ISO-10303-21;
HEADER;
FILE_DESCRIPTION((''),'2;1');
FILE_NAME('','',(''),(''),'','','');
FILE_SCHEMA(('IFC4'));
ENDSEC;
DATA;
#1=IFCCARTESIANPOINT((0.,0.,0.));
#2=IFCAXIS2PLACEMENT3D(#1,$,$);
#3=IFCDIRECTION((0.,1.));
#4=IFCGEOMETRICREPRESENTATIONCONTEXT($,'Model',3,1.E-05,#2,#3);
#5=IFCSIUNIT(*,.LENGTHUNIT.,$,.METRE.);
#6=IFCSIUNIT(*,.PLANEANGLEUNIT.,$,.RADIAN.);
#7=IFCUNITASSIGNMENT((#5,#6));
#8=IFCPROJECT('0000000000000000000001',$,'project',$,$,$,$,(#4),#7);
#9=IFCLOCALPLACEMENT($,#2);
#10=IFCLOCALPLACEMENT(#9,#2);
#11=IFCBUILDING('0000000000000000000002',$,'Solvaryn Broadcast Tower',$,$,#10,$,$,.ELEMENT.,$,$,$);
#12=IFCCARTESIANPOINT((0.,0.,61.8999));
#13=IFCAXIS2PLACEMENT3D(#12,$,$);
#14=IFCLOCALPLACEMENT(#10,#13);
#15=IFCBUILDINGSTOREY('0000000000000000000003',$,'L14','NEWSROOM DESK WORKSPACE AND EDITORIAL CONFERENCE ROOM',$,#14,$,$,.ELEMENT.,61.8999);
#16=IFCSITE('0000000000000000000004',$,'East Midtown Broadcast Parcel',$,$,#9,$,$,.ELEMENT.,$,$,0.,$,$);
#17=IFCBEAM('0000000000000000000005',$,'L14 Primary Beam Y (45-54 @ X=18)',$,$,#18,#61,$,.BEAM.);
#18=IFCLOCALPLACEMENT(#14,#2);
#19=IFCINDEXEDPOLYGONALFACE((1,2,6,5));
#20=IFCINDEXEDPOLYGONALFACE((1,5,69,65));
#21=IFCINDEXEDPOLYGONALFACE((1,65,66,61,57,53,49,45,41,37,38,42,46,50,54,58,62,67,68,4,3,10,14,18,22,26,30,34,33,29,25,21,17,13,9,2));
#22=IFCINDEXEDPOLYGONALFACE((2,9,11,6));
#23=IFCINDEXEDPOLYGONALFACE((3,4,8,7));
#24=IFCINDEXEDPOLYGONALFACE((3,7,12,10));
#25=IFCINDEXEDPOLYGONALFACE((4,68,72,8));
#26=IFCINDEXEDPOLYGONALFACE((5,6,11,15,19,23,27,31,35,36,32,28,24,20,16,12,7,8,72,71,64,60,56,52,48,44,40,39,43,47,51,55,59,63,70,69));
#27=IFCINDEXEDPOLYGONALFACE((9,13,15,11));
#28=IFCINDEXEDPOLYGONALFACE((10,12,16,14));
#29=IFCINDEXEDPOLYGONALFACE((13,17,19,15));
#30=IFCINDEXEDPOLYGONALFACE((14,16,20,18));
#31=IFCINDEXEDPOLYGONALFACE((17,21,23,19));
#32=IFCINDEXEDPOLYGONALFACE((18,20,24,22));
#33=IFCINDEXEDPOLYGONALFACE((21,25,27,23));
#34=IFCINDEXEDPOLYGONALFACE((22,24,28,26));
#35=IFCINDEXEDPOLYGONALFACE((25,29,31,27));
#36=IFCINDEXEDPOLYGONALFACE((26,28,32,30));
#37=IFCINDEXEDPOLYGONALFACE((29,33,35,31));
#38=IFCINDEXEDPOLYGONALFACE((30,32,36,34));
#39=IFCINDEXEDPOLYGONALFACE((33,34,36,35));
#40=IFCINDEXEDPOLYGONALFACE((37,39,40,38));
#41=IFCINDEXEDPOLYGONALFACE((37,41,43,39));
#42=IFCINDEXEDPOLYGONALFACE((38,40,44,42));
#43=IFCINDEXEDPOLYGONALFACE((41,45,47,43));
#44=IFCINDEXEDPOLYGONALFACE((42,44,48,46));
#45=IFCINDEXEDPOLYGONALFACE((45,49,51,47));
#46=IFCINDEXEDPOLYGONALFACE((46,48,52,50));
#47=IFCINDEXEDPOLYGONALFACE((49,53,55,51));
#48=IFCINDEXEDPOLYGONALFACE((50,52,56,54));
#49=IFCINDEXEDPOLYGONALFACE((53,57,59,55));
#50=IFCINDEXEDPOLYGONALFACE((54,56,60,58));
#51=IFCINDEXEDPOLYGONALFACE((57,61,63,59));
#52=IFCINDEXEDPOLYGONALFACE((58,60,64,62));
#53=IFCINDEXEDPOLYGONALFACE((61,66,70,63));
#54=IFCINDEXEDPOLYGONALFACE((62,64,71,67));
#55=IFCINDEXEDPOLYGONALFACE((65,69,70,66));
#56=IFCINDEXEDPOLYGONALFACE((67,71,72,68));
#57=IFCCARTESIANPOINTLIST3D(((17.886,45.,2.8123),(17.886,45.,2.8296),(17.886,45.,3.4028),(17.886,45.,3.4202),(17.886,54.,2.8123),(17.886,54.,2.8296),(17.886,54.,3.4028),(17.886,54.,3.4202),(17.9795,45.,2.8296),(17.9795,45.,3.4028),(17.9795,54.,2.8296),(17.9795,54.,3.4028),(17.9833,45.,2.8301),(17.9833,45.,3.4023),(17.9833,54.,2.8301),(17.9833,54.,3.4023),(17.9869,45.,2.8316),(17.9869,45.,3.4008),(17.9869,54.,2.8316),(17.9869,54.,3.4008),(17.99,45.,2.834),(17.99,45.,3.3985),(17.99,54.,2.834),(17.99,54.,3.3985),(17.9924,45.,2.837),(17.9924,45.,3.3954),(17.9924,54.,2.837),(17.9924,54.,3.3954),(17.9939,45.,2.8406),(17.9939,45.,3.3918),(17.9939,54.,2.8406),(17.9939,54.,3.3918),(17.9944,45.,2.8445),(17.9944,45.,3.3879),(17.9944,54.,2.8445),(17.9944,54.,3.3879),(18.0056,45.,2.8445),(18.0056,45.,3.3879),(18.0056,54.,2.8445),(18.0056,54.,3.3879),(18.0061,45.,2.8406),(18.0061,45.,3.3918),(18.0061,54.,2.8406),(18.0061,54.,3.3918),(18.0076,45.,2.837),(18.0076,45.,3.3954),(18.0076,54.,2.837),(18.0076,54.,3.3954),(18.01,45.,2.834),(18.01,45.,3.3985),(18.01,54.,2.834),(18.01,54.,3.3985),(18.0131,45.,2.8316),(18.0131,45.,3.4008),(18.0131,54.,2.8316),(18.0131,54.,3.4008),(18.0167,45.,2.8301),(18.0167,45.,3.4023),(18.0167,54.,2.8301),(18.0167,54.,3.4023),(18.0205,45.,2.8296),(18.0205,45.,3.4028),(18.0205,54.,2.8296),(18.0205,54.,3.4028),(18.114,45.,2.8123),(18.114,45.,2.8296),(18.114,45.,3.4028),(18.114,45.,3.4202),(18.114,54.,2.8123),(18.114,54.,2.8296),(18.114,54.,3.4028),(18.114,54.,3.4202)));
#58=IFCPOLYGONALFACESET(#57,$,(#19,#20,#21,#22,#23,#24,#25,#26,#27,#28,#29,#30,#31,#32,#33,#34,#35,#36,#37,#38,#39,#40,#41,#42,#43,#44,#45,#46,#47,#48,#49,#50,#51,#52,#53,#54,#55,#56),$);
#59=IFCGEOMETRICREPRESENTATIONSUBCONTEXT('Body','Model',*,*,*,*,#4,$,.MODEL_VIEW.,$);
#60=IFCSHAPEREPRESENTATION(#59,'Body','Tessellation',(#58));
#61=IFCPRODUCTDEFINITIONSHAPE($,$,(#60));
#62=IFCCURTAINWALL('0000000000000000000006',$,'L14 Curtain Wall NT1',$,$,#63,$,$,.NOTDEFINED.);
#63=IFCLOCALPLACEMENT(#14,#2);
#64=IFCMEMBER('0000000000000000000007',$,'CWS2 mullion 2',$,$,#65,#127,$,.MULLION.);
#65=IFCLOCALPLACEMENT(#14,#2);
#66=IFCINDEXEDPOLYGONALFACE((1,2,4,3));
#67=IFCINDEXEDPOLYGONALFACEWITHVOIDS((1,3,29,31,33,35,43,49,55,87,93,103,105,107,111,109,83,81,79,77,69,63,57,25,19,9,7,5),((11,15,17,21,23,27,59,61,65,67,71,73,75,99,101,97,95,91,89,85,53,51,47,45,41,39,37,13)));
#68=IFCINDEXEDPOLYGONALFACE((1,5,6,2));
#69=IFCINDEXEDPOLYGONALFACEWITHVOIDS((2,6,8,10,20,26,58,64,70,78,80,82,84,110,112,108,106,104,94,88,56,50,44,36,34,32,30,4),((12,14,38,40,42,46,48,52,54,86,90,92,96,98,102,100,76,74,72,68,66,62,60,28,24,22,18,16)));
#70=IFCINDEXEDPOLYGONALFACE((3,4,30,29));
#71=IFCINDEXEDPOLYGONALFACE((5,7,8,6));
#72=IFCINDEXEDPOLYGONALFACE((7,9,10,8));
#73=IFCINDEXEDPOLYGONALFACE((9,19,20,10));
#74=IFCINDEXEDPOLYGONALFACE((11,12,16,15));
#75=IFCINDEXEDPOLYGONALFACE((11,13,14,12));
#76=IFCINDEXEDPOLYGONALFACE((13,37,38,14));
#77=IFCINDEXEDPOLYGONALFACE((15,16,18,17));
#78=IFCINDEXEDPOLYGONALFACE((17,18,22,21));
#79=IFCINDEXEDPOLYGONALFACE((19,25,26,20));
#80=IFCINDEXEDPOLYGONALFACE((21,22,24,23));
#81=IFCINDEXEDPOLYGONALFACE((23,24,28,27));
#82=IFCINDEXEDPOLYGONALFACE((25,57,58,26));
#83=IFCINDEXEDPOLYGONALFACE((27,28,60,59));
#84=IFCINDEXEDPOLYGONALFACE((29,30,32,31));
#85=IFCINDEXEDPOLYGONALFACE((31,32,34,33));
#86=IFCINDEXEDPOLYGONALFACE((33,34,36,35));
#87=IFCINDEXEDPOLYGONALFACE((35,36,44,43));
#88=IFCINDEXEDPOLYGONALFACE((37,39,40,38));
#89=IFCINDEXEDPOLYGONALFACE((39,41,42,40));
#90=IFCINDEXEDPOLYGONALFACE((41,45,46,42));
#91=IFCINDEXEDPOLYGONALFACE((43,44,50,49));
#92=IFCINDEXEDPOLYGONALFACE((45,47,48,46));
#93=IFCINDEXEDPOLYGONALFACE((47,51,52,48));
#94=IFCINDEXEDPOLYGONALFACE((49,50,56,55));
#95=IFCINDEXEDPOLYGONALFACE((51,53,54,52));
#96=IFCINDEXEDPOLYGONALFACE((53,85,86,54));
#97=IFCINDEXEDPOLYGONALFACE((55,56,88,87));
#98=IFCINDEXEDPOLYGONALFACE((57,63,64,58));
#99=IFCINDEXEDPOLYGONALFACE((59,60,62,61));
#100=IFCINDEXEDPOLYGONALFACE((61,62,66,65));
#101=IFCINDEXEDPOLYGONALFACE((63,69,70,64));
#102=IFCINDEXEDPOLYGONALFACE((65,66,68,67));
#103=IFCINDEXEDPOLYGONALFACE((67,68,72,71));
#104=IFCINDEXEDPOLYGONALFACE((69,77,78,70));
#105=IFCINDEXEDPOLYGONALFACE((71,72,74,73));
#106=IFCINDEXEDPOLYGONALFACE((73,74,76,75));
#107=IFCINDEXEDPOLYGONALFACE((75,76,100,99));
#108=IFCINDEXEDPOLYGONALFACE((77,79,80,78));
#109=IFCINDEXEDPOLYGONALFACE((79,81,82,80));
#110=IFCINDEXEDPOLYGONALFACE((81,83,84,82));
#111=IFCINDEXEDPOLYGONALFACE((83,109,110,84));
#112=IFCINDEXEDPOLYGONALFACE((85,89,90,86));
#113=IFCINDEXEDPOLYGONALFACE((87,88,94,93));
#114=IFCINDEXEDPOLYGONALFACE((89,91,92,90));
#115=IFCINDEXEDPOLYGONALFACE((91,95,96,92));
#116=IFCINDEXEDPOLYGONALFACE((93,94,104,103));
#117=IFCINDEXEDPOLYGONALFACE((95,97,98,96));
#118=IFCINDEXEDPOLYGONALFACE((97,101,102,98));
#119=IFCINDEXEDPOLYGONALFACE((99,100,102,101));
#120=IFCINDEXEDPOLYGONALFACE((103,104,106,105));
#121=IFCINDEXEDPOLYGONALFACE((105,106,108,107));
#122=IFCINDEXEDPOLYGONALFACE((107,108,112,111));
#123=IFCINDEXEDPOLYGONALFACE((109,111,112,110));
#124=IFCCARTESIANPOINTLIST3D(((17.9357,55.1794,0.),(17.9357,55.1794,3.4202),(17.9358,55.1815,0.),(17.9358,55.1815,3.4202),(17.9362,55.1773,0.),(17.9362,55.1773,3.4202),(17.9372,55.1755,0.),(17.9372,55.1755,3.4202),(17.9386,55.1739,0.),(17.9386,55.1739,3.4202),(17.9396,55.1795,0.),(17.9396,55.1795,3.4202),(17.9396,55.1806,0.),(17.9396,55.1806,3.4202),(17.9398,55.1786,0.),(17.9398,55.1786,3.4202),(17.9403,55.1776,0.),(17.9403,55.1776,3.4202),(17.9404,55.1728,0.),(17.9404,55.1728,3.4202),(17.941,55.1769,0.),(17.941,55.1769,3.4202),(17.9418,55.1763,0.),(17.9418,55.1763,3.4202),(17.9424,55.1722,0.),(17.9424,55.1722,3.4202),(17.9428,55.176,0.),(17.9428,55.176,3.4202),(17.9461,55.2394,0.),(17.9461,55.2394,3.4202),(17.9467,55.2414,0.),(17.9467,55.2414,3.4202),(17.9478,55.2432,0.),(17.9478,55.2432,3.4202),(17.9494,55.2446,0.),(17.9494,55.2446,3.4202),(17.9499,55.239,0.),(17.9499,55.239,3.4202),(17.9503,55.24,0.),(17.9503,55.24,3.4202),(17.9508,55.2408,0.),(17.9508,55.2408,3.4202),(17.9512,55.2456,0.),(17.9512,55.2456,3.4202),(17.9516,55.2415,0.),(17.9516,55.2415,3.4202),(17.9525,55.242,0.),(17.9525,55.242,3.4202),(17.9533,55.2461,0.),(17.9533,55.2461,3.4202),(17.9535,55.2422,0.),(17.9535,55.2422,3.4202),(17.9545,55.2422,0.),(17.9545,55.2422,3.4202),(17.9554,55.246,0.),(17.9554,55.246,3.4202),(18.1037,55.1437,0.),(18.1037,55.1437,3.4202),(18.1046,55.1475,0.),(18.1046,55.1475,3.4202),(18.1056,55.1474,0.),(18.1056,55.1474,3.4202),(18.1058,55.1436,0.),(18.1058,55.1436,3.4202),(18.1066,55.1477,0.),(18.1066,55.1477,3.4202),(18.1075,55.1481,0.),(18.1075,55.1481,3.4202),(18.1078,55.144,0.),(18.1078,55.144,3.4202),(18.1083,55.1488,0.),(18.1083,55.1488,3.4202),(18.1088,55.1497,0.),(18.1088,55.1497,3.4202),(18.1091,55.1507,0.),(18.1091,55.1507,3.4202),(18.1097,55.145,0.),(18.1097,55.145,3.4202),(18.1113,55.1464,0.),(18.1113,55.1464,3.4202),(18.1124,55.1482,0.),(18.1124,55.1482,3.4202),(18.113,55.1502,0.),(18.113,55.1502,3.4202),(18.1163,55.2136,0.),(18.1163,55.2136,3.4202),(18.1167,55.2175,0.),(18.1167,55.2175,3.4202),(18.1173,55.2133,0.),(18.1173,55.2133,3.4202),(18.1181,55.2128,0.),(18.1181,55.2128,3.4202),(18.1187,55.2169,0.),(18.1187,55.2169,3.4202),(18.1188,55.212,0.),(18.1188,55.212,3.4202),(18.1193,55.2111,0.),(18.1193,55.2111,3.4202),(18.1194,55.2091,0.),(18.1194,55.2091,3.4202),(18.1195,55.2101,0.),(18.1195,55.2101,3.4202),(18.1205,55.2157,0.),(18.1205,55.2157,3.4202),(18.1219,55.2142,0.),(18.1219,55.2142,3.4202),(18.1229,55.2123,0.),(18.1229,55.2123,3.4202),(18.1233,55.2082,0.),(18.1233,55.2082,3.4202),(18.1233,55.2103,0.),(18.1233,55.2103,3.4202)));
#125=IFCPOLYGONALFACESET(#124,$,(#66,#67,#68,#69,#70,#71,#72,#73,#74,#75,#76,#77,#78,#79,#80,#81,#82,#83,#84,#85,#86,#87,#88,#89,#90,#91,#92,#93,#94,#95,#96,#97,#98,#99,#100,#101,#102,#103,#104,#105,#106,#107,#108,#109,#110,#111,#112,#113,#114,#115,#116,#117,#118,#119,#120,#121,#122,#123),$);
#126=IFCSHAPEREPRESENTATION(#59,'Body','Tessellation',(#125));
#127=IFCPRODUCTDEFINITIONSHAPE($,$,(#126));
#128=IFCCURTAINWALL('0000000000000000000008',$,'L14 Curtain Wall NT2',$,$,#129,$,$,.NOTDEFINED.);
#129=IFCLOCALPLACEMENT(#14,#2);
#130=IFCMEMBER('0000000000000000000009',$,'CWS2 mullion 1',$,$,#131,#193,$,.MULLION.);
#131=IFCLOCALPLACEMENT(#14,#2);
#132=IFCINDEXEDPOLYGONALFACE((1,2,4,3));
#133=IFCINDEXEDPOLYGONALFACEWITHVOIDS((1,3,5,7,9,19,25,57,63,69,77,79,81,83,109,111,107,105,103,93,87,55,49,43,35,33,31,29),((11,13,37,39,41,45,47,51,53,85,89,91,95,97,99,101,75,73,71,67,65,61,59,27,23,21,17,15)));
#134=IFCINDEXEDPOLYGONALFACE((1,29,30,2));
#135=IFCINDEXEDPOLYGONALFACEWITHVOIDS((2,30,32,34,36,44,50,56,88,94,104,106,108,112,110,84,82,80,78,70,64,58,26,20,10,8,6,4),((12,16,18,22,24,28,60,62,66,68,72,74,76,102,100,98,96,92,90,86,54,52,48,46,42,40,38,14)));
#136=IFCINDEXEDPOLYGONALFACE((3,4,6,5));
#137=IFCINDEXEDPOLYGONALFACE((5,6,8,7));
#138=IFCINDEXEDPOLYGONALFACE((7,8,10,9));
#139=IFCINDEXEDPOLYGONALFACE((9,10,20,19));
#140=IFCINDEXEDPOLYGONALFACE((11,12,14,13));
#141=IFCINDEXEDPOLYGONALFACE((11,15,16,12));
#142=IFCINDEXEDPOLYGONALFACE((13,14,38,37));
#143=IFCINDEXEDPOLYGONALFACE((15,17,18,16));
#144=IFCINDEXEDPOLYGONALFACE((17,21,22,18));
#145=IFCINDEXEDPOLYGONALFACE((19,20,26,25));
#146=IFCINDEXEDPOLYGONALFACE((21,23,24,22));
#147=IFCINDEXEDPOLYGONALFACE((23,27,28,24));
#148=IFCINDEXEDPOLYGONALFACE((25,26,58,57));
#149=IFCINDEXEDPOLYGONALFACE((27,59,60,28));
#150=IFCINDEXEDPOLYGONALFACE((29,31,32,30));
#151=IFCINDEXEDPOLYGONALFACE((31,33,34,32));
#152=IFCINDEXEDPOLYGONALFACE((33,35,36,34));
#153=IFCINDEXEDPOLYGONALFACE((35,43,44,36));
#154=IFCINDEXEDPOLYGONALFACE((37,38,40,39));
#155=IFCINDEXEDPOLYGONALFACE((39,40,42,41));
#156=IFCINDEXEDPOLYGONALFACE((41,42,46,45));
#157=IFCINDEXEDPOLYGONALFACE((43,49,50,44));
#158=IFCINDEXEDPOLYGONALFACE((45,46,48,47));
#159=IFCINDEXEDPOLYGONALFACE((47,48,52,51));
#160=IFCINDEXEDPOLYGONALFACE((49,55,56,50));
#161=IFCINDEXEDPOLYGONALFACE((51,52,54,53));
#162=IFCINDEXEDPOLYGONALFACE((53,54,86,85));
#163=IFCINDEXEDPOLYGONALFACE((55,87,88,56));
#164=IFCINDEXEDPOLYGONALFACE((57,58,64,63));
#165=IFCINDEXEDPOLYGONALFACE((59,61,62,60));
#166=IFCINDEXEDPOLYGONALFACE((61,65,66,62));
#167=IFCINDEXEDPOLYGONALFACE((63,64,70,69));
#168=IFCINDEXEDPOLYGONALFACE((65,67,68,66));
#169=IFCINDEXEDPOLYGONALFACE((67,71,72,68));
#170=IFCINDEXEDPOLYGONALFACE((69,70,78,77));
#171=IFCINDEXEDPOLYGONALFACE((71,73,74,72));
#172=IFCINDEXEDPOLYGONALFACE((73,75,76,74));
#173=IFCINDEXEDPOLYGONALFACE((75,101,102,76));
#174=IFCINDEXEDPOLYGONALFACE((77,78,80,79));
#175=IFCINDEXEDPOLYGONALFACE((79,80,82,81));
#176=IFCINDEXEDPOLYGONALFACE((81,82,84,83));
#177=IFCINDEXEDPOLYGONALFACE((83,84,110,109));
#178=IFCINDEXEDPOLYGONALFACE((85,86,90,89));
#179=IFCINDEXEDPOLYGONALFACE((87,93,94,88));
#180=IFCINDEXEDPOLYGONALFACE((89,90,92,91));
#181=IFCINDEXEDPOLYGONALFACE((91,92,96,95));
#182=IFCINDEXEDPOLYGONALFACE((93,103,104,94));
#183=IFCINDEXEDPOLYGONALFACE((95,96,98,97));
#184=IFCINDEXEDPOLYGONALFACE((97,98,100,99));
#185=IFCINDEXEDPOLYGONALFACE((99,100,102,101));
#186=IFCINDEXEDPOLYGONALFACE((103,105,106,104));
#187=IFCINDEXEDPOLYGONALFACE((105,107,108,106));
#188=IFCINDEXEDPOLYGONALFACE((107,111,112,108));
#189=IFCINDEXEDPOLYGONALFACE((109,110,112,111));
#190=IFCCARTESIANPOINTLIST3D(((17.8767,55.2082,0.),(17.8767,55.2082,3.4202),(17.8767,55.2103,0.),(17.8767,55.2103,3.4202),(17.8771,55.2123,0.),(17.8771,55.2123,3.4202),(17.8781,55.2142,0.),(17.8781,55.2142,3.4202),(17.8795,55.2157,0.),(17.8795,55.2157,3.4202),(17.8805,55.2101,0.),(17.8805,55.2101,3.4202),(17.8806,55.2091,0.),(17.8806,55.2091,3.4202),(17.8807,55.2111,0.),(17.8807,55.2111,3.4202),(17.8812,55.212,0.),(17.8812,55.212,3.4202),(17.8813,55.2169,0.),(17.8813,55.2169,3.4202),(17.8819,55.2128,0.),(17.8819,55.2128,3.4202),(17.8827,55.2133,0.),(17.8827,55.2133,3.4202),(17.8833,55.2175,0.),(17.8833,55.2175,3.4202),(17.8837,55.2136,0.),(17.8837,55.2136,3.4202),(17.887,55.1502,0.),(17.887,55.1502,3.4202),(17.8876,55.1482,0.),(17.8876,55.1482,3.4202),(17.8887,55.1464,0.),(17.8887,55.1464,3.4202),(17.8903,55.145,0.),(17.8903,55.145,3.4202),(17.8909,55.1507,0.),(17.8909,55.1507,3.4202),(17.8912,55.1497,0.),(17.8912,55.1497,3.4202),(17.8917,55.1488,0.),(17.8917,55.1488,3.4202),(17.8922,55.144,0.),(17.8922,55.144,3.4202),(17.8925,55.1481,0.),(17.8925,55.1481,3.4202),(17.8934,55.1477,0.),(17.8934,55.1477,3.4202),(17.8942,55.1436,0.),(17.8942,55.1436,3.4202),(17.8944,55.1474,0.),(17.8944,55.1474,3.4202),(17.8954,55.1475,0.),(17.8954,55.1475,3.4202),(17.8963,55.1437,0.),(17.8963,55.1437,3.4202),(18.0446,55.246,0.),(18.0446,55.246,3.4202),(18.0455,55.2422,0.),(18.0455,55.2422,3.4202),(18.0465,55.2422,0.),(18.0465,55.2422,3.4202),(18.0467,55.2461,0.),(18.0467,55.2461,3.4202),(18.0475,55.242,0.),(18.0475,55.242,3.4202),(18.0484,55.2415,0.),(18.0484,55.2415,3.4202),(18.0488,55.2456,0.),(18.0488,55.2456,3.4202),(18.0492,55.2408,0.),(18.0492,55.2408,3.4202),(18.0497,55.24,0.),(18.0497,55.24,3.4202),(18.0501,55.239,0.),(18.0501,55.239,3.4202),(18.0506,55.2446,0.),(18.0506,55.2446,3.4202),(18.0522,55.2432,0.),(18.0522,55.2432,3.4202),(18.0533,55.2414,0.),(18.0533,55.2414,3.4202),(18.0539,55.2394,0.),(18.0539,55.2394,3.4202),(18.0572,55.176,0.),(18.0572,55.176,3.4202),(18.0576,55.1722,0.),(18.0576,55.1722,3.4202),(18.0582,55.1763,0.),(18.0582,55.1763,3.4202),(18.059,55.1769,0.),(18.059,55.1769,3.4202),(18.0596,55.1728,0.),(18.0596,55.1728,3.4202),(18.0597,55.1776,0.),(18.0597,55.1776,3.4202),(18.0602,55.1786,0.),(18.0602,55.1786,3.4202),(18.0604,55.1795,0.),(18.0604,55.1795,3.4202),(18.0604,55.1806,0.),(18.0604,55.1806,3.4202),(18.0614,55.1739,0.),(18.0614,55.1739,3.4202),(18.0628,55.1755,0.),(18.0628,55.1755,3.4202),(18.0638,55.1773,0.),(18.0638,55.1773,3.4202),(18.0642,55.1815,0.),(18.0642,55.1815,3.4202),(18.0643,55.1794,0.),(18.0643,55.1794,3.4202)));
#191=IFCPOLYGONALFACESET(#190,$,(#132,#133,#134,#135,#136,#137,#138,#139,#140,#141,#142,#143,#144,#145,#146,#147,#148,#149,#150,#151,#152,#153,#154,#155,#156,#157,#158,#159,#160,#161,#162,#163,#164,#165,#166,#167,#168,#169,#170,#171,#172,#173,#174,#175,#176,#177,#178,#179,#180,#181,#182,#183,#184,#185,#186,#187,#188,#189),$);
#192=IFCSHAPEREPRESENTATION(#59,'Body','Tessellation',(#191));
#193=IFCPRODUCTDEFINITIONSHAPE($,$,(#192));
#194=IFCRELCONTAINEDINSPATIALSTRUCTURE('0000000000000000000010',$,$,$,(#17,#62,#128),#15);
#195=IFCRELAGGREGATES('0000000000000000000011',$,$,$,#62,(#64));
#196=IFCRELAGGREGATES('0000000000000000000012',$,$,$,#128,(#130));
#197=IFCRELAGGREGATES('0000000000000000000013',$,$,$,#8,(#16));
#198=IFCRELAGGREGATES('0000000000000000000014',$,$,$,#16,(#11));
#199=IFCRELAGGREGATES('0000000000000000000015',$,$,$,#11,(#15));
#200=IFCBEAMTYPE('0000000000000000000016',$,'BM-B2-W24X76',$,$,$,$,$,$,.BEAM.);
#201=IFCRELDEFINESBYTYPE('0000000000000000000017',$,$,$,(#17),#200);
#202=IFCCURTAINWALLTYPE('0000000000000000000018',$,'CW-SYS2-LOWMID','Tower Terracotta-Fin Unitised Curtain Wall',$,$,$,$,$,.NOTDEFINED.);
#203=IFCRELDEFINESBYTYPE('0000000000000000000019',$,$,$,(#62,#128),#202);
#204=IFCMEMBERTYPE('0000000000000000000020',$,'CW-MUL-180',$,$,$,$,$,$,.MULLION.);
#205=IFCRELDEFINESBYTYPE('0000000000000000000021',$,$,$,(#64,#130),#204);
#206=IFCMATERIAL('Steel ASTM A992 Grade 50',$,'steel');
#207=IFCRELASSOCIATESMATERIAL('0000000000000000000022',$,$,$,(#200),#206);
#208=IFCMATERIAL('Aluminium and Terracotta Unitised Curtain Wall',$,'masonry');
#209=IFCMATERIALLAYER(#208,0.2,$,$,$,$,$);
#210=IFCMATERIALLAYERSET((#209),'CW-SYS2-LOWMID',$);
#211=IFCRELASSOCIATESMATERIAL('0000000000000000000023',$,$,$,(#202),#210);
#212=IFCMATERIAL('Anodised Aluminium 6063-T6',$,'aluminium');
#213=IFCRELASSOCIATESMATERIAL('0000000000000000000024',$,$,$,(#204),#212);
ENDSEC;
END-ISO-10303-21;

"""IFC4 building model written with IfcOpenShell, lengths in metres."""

from ifc_helpers import new_model, si_unit, direction, frame, origin, origin_2d, place, context, subcontext, project, spatial, hollow_rectangle, i_section, extrude, material, layer, layer_set, material_profile, profile_set, type_object, element, aggregate, save


model = new_model("IFC4")

# Units and contexts
model_context = context("Model", 3, precision=1e-05, world=origin(), true_north=direction((0.0, 1.0)))
body_context = subcontext(model_context, "Body", "Model", "MODEL_VIEW")
ifc_project = project(units=[si_unit("LENGTHUNIT", "METRE"), si_unit("PLANEANGLEUNIT", "RADIAN")], contexts=[model_context])

# Site, building, storey
site_placement = place(None, origin())
site = spatial("IfcSite", under=ifc_project, at=site_placement, Name="East Midtown Broadcast Parcel", CompositionType="ELEMENT", RefElevation=0.0)
building_placement = place(site_placement, origin())
building = spatial("IfcBuilding", under=site, at=building_placement, Name="Solvaryn Broadcast Tower", CompositionType="ELEMENT")
storey_placement = place(building_placement, frame((0.0, 0.0, 61.8999)))
storey = spatial("IfcBuildingStorey", under=building, at=storey_placement, Name="L14", Description="NEWSROOM DESK WORKSPACE AND EDITORIAL CONFERENCE ROOM", CompositionType="ELEMENT", Elevation=61.8999)

# Beam
ifc_material_1 = material(Name="Steel ASTM A992 Grade 50", Category="steel")
ifc_material_profile_1 = material_profile(ifc_material_1, i_section(OverallWidth=0.228, OverallDepth=0.6079, WebThickness=0.0112, FlangeThickness=0.0173, FilletRadius=0.0149, at=origin_2d()))
ifc_profile_set_1 = profile_set([ifc_material_profile_1], Name="Steel ASTM A992 Grade 50")
beam_type_1 = type_object("IfcBeamType", Name="BM-B2-W24X76", PredefinedType="BEAM", material=ifc_profile_set_1)
beam_1_placement = place(storey_placement, frame((18.0, 45.0, 3.1162), z_axis=(0.0, 1.0, 0.0), x_axis=(-1.0, 0.0, 0.0)))
element("IfcBeam", 1, at=beam_1_placement, inside=storey, type_object=beam_type_1, Name="L14 Primary Beam Y (45-54 @ X=18)", PredefinedType="BEAM", context=body_context, shape_type="SweptSolid", body=[
    extrude(i_section(OverallWidth=0.228, OverallDepth=0.6079, WebThickness=0.0112, FlangeThickness=0.0173, FilletRadius=0.0149, at=origin_2d()), origin(), (0.0, 0.0, 1.0), 9.0),
])

# Curtain wall, member
ifc_material_2 = material(Name="Aluminium and Terracotta Unitised Curtain Wall", Category="masonry")
ifc_layer_1 = layer(ifc_material_2, 0.2)
ifc_layer_set_1 = layer_set([ifc_layer_1], Name="CW-SYS2-LOWMID")
curtain_wall_type = type_object("IfcCurtainWallType", Name="CW-SYS2-LOWMID", Description="Tower Terracotta-Fin Unitised Curtain Wall", PredefinedType="NOTDEFINED", material=ifc_layer_set_1)
curtain_wall_1_placement = place(storey_placement, origin())
curtain_wall_1 = element("IfcCurtainWall", 2, at=curtain_wall_1_placement, inside=storey, type_object=curtain_wall_type, Name="L14 Curtain Wall NT1", PredefinedType="NOTDEFINED")
ifc_material_3 = material(Name="Anodised Aluminium 6063-T6", Category="aluminium")
ifc_material_profile_2 = material_profile(ifc_material_3, hollow_rectangle(XDim=0.075, YDim=0.1799, WallThickness=0.0039, InnerFilletRadius=0.0039, OuterFilletRadius=0.0081, at=origin_2d()))
ifc_profile_set_2 = profile_set([ifc_material_profile_2], Name="Anodised Aluminium 6063-T6")
member_type_1 = type_object("IfcMemberType", Name="CW-MUL-180", PredefinedType="MULLION", material=ifc_profile_set_2)
member_1_placement = place(storey_placement, frame((18.0295, 55.1948, 0.0), z_axis=(0.0, 0.0, 1.0), x_axis=(-0.173785, -0.984784, 0.0)))
member_1 = element("IfcMember", 3, at=member_1_placement, type_object=member_type_1, Name="CWS2 mullion 2", PredefinedType="MULLION", context=body_context, shape_type="SweptSolid", body=[
    extrude(hollow_rectangle(XDim=0.075, YDim=0.1799, WallThickness=0.0039, InnerFilletRadius=0.0039, OuterFilletRadius=0.0081, at=origin_2d()), origin(), (0.0, 0.0, 1.0), 3.4202),
])

# Curtain wall, member
curtain_wall_2_placement = place(storey_placement, origin())
curtain_wall_2 = element("IfcCurtainWall", 4, at=curtain_wall_2_placement, inside=storey, type_object=curtain_wall_type, Name="L14 Curtain Wall NT2", PredefinedType="NOTDEFINED")
member_2_placement = place(storey_placement, frame((17.9705, 55.1948, 0.0), z_axis=(0.0, 0.0, 1.0), x_axis=(0.173785, -0.984784, 0.0)))
member_2 = element("IfcMember", 5, at=member_2_placement, type_object=member_type_1, Name="CWS2 mullion 1", PredefinedType="MULLION", context=body_context, shape_type="SweptSolid", body=[
    extrude(hollow_rectangle(XDim=0.075, YDim=0.1799, WallThickness=0.0039, InnerFilletRadius=0.0039, OuterFilletRadius=0.0081, at=origin_2d()), origin(), (0.0, 0.0, 1.0), 3.4202),
])

aggregate(curtain_wall_1, [member_1])
aggregate(curtain_wall_2, [member_2])

save(model, "model.ifc")
